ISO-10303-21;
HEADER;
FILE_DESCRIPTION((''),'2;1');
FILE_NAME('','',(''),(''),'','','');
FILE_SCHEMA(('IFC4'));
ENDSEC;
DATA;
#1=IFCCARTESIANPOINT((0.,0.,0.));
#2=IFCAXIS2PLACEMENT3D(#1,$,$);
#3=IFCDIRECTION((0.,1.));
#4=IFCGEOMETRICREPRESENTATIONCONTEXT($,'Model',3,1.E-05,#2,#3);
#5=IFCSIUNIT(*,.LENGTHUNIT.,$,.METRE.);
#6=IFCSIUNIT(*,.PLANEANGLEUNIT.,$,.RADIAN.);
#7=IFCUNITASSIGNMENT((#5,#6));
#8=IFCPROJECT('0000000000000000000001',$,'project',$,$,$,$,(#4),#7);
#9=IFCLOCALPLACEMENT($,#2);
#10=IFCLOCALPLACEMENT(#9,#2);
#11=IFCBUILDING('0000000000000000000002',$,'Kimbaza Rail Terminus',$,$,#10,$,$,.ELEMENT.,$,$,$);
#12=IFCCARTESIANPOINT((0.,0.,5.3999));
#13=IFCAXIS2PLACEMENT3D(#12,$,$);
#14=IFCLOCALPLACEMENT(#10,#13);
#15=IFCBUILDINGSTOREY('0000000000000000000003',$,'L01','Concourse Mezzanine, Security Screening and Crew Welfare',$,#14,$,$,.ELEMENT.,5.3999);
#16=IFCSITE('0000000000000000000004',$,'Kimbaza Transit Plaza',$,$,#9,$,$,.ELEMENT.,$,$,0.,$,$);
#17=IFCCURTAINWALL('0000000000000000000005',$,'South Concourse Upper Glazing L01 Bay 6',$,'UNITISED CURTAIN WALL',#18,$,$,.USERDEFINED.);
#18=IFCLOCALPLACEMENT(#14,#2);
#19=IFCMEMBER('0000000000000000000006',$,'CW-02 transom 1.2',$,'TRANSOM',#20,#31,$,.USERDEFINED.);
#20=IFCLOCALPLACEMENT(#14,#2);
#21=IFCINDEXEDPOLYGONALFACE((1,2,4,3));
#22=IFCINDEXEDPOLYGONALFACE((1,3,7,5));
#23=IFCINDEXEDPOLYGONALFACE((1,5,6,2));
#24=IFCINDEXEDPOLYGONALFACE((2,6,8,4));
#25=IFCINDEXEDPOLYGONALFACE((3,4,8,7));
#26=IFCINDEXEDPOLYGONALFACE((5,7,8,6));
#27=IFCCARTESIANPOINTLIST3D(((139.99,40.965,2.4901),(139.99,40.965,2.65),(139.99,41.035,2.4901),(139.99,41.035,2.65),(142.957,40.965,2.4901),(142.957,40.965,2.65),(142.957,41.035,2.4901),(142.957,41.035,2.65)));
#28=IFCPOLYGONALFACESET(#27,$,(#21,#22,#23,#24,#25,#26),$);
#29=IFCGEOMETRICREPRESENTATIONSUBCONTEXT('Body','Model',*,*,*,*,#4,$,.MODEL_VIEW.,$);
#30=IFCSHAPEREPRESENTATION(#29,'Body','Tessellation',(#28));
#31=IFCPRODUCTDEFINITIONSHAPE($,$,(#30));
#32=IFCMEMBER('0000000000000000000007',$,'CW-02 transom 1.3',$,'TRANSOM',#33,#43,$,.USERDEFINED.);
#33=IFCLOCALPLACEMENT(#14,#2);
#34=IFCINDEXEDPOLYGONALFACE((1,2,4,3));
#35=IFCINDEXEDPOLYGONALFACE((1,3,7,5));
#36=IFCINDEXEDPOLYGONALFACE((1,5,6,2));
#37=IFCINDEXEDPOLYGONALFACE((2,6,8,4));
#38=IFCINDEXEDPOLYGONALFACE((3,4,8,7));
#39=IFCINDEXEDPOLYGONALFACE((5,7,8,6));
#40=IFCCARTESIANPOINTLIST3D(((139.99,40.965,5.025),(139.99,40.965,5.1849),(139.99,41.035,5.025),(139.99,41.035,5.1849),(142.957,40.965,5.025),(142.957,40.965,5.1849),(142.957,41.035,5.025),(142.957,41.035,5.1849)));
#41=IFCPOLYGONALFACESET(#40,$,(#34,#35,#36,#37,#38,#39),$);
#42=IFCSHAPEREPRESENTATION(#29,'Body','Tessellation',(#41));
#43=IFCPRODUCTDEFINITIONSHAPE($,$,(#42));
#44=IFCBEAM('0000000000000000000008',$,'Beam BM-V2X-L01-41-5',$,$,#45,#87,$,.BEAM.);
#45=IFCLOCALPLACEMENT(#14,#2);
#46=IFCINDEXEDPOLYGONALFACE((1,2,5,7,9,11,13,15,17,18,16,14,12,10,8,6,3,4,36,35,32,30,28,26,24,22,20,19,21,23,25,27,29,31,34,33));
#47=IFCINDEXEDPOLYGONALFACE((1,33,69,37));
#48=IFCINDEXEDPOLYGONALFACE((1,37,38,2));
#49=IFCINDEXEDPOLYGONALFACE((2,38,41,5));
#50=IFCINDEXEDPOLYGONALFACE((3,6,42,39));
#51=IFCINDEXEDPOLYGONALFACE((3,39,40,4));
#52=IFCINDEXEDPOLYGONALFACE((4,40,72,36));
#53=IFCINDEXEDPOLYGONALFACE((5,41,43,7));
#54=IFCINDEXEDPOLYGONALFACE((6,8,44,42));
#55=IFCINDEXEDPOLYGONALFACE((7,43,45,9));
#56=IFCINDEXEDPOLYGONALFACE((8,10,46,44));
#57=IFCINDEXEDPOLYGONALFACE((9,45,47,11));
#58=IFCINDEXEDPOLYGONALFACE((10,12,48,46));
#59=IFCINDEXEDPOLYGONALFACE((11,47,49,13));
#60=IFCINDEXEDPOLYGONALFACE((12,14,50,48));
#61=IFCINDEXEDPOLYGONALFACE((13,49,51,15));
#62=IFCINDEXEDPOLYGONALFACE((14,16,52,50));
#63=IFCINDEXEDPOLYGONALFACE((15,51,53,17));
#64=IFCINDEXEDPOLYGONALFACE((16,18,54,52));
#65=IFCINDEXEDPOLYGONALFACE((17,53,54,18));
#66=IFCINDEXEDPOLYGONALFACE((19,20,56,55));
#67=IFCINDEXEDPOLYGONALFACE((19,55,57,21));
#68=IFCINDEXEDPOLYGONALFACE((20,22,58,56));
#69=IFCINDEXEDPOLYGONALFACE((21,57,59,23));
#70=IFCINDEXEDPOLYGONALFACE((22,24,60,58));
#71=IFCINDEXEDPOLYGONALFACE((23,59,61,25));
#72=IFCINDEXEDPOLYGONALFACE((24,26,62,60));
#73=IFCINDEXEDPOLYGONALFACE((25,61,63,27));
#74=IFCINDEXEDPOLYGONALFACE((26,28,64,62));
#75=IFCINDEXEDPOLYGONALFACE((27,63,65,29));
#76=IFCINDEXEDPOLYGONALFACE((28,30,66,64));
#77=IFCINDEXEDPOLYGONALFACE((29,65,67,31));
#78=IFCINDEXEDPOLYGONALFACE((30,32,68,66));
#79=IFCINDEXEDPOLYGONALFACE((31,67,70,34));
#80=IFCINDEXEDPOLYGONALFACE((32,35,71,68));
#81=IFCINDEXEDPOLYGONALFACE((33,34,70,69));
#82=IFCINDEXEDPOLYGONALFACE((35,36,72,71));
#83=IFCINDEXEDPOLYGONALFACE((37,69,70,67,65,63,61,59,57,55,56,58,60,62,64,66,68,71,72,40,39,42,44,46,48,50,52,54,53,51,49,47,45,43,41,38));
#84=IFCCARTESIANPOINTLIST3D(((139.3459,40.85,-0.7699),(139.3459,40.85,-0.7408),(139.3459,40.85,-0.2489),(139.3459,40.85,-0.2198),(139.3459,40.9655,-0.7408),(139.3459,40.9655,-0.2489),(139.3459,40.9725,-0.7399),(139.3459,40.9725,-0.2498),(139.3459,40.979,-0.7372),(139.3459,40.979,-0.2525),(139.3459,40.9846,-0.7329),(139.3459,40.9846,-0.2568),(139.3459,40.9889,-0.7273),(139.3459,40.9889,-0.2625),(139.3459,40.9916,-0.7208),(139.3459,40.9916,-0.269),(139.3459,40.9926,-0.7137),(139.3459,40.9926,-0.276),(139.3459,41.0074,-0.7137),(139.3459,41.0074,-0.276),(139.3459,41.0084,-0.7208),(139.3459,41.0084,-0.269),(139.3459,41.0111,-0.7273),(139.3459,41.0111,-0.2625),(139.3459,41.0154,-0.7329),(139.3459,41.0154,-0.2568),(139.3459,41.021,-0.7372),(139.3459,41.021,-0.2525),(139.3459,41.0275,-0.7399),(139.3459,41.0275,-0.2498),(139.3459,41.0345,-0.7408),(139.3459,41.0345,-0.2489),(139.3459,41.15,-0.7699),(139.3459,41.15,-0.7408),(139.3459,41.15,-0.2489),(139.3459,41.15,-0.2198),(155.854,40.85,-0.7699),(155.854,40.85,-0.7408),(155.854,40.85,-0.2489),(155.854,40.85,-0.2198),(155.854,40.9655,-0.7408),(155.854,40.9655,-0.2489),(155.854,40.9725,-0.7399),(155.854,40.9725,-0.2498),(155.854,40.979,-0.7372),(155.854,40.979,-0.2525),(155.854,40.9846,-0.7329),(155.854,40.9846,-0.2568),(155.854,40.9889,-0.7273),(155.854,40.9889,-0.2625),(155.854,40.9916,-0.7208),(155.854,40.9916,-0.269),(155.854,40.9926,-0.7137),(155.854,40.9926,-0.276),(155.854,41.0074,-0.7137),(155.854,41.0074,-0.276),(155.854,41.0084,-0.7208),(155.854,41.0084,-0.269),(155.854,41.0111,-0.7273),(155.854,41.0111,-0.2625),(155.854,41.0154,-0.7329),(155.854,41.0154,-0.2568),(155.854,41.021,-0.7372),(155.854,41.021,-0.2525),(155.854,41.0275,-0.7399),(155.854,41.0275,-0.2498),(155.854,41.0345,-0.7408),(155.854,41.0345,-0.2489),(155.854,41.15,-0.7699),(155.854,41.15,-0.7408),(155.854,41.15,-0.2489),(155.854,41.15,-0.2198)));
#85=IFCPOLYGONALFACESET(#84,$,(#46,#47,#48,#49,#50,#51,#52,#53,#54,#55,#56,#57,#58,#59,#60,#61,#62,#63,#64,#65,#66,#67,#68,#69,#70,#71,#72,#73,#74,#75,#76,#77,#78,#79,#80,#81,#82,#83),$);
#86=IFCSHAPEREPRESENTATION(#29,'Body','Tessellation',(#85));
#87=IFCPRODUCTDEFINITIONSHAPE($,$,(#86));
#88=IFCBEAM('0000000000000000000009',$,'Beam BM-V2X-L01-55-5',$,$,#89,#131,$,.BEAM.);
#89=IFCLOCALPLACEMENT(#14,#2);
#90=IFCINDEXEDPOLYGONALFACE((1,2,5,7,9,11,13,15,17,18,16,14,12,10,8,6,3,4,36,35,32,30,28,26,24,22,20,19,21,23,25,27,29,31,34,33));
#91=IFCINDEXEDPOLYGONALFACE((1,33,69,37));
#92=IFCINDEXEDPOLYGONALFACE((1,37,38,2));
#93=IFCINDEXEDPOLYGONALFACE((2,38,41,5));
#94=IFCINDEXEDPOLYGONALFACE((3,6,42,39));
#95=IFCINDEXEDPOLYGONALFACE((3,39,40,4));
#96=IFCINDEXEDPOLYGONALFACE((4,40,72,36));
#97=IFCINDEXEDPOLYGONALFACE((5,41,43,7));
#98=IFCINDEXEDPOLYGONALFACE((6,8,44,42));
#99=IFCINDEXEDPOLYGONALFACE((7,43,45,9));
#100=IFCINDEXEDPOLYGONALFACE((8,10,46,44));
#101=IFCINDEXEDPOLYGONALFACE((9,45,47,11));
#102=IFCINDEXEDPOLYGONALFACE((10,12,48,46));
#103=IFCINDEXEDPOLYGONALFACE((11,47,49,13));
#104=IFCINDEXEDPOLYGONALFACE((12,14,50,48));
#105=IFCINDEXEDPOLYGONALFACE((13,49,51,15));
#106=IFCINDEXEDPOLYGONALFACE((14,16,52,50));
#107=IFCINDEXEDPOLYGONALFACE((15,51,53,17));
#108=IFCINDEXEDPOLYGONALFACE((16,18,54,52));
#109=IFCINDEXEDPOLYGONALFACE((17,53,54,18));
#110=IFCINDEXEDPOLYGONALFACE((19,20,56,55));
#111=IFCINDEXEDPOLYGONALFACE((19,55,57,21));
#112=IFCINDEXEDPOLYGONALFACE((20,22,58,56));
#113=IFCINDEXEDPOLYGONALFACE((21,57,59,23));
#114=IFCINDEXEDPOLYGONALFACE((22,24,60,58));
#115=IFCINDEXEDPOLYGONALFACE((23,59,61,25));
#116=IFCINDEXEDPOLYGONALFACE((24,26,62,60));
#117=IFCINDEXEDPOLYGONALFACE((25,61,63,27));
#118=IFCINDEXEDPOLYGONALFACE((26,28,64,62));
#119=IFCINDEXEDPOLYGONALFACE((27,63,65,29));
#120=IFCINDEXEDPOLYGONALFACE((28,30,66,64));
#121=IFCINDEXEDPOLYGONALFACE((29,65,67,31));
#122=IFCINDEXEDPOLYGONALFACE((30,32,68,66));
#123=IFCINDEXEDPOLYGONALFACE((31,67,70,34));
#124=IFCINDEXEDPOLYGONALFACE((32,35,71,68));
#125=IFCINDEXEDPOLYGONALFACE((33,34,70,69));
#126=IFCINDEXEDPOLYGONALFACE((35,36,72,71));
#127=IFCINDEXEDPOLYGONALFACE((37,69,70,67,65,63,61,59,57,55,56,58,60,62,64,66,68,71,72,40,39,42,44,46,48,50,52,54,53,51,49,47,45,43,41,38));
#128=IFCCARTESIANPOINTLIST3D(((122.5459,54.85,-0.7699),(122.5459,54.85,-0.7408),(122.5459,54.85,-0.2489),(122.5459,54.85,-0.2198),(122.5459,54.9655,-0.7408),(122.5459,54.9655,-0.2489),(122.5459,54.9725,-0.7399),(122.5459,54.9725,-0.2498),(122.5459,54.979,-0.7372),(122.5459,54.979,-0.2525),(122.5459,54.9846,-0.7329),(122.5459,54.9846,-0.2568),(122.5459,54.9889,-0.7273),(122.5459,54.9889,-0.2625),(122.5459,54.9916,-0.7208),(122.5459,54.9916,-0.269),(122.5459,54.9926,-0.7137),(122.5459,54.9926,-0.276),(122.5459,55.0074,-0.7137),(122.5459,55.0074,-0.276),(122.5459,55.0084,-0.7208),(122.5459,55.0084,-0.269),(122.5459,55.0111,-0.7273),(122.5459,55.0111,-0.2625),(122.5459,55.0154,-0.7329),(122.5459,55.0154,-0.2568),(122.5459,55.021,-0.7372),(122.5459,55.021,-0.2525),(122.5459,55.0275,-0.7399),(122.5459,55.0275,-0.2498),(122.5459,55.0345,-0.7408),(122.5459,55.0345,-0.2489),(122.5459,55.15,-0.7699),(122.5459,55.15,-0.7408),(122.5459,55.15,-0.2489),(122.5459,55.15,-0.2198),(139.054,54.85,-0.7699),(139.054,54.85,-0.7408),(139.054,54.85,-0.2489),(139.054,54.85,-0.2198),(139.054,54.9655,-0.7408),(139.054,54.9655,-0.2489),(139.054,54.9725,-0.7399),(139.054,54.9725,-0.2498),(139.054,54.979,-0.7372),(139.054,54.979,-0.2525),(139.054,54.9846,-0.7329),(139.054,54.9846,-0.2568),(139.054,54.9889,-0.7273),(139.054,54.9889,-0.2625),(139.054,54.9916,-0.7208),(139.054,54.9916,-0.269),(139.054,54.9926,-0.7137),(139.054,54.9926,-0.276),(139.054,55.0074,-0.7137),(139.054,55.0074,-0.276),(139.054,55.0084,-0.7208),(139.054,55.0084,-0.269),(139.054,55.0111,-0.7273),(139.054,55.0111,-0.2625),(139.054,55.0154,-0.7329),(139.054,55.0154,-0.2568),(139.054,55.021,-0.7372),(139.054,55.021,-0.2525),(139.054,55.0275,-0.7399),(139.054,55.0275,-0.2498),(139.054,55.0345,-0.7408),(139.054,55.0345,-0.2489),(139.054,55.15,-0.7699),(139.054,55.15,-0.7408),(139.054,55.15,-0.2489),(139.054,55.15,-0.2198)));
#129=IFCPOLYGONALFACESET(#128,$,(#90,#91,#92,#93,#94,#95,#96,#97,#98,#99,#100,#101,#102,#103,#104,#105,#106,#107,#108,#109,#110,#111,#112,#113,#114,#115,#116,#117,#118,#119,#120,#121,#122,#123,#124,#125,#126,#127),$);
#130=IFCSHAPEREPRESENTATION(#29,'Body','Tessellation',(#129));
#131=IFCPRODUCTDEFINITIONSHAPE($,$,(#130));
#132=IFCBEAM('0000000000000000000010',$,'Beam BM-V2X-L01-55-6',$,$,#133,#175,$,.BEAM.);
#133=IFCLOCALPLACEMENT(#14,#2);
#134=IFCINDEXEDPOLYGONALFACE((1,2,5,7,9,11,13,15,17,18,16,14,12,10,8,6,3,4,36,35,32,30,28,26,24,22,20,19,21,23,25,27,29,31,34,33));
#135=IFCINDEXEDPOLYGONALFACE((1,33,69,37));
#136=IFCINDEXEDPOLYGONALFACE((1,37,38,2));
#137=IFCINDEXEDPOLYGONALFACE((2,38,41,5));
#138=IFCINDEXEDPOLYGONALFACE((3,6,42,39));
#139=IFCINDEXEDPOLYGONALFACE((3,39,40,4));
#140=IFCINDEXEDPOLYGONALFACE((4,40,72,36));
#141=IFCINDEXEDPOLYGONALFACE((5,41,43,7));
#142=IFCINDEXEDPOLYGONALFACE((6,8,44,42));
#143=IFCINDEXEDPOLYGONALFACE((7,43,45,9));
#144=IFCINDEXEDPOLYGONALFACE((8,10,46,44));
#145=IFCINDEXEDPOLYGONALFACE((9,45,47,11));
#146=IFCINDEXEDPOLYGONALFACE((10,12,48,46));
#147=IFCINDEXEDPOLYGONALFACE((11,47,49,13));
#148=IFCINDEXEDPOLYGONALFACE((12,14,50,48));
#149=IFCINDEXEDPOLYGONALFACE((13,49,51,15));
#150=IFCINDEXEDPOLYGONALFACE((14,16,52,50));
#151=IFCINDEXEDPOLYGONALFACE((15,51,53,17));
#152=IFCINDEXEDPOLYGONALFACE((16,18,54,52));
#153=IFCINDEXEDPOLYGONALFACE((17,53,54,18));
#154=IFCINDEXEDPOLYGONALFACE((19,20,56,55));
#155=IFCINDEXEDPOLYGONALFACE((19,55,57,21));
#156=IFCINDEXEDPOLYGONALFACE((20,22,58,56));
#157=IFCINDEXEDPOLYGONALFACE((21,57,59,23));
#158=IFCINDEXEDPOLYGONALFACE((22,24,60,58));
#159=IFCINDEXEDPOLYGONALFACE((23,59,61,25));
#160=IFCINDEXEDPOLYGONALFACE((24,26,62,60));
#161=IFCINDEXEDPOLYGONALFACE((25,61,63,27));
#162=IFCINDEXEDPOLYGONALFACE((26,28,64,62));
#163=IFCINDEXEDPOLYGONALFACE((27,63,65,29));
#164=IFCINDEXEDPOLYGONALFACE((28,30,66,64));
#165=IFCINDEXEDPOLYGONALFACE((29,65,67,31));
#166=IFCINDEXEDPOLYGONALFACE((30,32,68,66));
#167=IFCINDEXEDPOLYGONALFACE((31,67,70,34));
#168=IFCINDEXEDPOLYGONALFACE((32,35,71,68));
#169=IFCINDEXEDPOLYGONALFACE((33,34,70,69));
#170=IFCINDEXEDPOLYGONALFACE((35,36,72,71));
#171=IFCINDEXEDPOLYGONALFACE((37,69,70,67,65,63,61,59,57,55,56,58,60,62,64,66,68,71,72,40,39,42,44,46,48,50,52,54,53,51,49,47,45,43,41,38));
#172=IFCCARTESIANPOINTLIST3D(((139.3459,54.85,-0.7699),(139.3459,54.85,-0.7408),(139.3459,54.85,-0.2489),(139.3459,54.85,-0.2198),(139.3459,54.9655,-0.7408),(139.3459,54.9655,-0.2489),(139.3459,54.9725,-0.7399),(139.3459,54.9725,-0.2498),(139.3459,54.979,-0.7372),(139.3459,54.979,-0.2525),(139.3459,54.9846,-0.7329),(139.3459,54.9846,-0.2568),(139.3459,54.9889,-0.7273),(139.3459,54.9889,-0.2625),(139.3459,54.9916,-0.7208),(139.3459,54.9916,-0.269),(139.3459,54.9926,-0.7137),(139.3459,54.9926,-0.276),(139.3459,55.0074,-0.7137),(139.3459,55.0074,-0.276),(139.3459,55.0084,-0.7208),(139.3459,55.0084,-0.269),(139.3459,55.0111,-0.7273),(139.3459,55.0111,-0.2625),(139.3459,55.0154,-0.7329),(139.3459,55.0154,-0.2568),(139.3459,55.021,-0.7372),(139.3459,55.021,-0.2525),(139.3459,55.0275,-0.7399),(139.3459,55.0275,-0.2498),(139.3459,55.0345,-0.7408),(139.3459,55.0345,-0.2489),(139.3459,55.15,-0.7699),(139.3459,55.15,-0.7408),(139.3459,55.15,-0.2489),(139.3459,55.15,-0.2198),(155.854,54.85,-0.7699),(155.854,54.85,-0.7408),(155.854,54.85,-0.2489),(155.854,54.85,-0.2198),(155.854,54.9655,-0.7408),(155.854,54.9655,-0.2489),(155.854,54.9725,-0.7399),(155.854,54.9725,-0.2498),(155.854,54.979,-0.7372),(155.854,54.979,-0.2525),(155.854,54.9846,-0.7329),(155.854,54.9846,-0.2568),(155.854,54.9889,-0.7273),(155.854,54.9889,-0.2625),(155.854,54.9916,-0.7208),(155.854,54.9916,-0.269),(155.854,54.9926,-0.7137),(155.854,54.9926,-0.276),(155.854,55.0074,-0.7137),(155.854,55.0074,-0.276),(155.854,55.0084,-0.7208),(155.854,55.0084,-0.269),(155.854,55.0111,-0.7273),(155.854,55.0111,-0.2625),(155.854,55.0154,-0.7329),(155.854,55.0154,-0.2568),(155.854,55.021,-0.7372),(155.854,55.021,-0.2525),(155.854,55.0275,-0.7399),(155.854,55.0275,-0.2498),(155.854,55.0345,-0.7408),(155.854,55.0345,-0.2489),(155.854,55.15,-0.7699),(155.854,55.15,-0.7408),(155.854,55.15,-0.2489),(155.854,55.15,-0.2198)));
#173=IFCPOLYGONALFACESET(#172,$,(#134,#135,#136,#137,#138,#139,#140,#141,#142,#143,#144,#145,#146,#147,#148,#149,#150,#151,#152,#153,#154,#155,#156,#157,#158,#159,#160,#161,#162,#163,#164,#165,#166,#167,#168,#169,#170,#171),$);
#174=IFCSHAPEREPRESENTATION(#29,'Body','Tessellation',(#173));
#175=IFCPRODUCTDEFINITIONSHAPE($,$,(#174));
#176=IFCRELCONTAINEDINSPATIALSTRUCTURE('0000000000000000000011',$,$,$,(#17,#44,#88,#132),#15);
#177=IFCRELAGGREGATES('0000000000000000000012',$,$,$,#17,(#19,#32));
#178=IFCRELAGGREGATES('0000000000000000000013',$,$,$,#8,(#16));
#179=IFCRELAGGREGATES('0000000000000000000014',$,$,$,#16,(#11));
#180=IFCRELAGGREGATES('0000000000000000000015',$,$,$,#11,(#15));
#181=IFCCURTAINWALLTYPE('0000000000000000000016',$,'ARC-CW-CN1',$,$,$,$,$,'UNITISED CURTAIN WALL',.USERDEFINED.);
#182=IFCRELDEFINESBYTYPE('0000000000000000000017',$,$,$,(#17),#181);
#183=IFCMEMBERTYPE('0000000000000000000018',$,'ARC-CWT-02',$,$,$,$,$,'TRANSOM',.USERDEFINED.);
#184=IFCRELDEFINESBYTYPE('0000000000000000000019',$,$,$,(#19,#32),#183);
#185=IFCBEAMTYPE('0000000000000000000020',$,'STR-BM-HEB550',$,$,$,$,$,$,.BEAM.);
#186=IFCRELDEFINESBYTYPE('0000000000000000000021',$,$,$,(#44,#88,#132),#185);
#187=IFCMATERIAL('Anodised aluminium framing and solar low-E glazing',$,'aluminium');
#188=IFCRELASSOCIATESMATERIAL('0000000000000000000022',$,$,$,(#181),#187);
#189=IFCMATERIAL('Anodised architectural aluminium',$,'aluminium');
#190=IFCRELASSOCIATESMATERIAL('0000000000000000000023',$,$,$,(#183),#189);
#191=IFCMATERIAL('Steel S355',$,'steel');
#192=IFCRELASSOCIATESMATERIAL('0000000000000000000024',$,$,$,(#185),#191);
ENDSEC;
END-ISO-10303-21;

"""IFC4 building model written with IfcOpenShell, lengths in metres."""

from ifc_helpers import new_model, si_unit, direction, frame, origin, origin_2d, place, context, subcontext, project, spatial, rectangle, i_section, extrude, material, material_profile, profile_set, type_object, element, aggregate, save


model = new_model("IFC4")

# Units and contexts
model_context = context("Model", 3, precision=1e-05, world=origin(), true_north=direction((0.0, 1.0)))
body_context = subcontext(model_context, "Body", "Model", "MODEL_VIEW")
ifc_project = project(units=[si_unit("LENGTHUNIT", "METRE"), si_unit("PLANEANGLEUNIT", "RADIAN")], contexts=[model_context])

# Site, building, storey
site_placement = place(None, origin())
site = spatial("IfcSite", under=ifc_project, at=site_placement, Name="Kimbaza Transit Plaza", CompositionType="ELEMENT", RefElevation=0.0)
building_placement = place(site_placement, origin())
building = spatial("IfcBuilding", under=site, at=building_placement, Name="Kimbaza Rail Terminus", CompositionType="ELEMENT")
storey_placement = place(building_placement, frame((0.0, 0.0, 5.3999)))
storey = spatial("IfcBuildingStorey", under=building, at=storey_placement, Name="L01", Description="Concourse Mezzanine, Security Screening and Crew Welfare", CompositionType="ELEMENT", Elevation=5.3999)

# Shared definitions
ifc_material_1 = material(Name="Anodised aluminium framing and solar low-E glazing", Category="aluminium")
curtain_wall_type = type_object("IfcCurtainWallType", Name="ARC-CW-CN1", ElementType="UNITISED CURTAIN WALL", PredefinedType="USERDEFINED", material=ifc_material_1)

# Curtain wall
curtain_wall_1_placement = place(storey_placement, origin())
curtain_wall_1 = element("IfcCurtainWall", 1, at=curtain_wall_1_placement, inside=storey, type_object=curtain_wall_type, Name="South Concourse Upper Glazing L01 Bay 6", ObjectType="UNITISED CURTAIN WALL", PredefinedType="USERDEFINED")

# Members
ifc_material_2 = material(Name="Anodised architectural aluminium", Category="aluminium")
ifc_material_profile_1 = material_profile(ifc_material_2, rectangle(XDim=0.0701, YDim=0.1599, at=origin_2d()), Name="TRANSOM 70x160")
ifc_profile_set_1 = profile_set([ifc_material_profile_1], Name="Anodised architectural aluminium")
member_type_1 = type_object("IfcMemberType", Name="ARC-CWT-02", ElementType="TRANSOM", PredefinedType="USERDEFINED", material=ifc_profile_set_1)
member_1_placement = place(storey_placement, frame((139.99, 41.0, 2.5701), z_axis=(1.0, 0.0, 0.0), x_axis=(0.0, 1.0, 0.0)))
member_1 = element("IfcMember", 2, at=member_1_placement, type_object=member_type_1, Name="CW-02 transom 1.2", ObjectType="TRANSOM", PredefinedType="USERDEFINED", context=body_context, shape_type="SweptSolid", body=[
    extrude(rectangle(XDim=0.0701, YDim=0.1599, at=origin_2d()), origin(), (0.0, 0.0, 1.0), 2.967),
])
member_2_placement = place(storey_placement, frame((139.99, 41.0, 5.105), z_axis=(1.0, 0.0, 0.0), x_axis=(0.0, 1.0, 0.0)))
member_2 = element("IfcMember", 3, at=member_2_placement, type_object=member_type_1, Name="CW-02 transom 1.3", ObjectType="TRANSOM", PredefinedType="USERDEFINED", context=body_context, shape_type="SweptSolid", body=[
    extrude(rectangle(XDim=0.0701, YDim=0.1599, at=origin_2d()), origin(), (0.0, 0.0, 1.0), 2.967),
])

# Beams
ifc_material_3 = material(Name="Steel S355", Category="steel")
ifc_material_profile_2 = material_profile(ifc_material_3, i_section(OverallWidth=0.3, OverallDepth=0.55, WebThickness=0.0149, FlangeThickness=0.0291, FilletRadius=0.0271, at=origin_2d()), Name="HEB 550")
ifc_profile_set_2 = profile_set([ifc_material_profile_2], Name="Steel S355")
beam_type_1 = type_object("IfcBeamType", Name="STR-BM-HEB550", PredefinedType="BEAM", material=ifc_profile_set_2)
for number, where, z_axis, x_axis, name in (
    (4, (139.3459, 41.0, -0.4949), (1.0, 0.0, 0.0), (0.0, 1.0, 0.0), "Beam BM-V2X-L01-41-5"),
    (5, (122.5459, 55.0, -0.4949), (1.0, 0.0, 0.0), (0.0, 1.0, 0.0), "Beam BM-V2X-L01-55-5"),
    (6, (139.3459, 55.0, -0.4949), (1.0, 0.0, 0.0), (0.0, 1.0, 0.0), "Beam BM-V2X-L01-55-6"),
):
    element("IfcBeam", number, at=place(storey_placement, frame(where, z_axis=z_axis, x_axis=x_axis)), inside=storey, type_object=beam_type_1, Name=name, PredefinedType="BEAM", context=body_context, shape_type="SweptSolid", body=[
        extrude(i_section(OverallWidth=0.3, OverallDepth=0.55, WebThickness=0.0149, FlangeThickness=0.0291, FilletRadius=0.0271, at=origin_2d()), origin(), (0.0, 0.0, 1.0), 16.5081),
    ])

aggregate(curtain_wall_1, [member_1, member_2])

save(model, "model.ifc")
